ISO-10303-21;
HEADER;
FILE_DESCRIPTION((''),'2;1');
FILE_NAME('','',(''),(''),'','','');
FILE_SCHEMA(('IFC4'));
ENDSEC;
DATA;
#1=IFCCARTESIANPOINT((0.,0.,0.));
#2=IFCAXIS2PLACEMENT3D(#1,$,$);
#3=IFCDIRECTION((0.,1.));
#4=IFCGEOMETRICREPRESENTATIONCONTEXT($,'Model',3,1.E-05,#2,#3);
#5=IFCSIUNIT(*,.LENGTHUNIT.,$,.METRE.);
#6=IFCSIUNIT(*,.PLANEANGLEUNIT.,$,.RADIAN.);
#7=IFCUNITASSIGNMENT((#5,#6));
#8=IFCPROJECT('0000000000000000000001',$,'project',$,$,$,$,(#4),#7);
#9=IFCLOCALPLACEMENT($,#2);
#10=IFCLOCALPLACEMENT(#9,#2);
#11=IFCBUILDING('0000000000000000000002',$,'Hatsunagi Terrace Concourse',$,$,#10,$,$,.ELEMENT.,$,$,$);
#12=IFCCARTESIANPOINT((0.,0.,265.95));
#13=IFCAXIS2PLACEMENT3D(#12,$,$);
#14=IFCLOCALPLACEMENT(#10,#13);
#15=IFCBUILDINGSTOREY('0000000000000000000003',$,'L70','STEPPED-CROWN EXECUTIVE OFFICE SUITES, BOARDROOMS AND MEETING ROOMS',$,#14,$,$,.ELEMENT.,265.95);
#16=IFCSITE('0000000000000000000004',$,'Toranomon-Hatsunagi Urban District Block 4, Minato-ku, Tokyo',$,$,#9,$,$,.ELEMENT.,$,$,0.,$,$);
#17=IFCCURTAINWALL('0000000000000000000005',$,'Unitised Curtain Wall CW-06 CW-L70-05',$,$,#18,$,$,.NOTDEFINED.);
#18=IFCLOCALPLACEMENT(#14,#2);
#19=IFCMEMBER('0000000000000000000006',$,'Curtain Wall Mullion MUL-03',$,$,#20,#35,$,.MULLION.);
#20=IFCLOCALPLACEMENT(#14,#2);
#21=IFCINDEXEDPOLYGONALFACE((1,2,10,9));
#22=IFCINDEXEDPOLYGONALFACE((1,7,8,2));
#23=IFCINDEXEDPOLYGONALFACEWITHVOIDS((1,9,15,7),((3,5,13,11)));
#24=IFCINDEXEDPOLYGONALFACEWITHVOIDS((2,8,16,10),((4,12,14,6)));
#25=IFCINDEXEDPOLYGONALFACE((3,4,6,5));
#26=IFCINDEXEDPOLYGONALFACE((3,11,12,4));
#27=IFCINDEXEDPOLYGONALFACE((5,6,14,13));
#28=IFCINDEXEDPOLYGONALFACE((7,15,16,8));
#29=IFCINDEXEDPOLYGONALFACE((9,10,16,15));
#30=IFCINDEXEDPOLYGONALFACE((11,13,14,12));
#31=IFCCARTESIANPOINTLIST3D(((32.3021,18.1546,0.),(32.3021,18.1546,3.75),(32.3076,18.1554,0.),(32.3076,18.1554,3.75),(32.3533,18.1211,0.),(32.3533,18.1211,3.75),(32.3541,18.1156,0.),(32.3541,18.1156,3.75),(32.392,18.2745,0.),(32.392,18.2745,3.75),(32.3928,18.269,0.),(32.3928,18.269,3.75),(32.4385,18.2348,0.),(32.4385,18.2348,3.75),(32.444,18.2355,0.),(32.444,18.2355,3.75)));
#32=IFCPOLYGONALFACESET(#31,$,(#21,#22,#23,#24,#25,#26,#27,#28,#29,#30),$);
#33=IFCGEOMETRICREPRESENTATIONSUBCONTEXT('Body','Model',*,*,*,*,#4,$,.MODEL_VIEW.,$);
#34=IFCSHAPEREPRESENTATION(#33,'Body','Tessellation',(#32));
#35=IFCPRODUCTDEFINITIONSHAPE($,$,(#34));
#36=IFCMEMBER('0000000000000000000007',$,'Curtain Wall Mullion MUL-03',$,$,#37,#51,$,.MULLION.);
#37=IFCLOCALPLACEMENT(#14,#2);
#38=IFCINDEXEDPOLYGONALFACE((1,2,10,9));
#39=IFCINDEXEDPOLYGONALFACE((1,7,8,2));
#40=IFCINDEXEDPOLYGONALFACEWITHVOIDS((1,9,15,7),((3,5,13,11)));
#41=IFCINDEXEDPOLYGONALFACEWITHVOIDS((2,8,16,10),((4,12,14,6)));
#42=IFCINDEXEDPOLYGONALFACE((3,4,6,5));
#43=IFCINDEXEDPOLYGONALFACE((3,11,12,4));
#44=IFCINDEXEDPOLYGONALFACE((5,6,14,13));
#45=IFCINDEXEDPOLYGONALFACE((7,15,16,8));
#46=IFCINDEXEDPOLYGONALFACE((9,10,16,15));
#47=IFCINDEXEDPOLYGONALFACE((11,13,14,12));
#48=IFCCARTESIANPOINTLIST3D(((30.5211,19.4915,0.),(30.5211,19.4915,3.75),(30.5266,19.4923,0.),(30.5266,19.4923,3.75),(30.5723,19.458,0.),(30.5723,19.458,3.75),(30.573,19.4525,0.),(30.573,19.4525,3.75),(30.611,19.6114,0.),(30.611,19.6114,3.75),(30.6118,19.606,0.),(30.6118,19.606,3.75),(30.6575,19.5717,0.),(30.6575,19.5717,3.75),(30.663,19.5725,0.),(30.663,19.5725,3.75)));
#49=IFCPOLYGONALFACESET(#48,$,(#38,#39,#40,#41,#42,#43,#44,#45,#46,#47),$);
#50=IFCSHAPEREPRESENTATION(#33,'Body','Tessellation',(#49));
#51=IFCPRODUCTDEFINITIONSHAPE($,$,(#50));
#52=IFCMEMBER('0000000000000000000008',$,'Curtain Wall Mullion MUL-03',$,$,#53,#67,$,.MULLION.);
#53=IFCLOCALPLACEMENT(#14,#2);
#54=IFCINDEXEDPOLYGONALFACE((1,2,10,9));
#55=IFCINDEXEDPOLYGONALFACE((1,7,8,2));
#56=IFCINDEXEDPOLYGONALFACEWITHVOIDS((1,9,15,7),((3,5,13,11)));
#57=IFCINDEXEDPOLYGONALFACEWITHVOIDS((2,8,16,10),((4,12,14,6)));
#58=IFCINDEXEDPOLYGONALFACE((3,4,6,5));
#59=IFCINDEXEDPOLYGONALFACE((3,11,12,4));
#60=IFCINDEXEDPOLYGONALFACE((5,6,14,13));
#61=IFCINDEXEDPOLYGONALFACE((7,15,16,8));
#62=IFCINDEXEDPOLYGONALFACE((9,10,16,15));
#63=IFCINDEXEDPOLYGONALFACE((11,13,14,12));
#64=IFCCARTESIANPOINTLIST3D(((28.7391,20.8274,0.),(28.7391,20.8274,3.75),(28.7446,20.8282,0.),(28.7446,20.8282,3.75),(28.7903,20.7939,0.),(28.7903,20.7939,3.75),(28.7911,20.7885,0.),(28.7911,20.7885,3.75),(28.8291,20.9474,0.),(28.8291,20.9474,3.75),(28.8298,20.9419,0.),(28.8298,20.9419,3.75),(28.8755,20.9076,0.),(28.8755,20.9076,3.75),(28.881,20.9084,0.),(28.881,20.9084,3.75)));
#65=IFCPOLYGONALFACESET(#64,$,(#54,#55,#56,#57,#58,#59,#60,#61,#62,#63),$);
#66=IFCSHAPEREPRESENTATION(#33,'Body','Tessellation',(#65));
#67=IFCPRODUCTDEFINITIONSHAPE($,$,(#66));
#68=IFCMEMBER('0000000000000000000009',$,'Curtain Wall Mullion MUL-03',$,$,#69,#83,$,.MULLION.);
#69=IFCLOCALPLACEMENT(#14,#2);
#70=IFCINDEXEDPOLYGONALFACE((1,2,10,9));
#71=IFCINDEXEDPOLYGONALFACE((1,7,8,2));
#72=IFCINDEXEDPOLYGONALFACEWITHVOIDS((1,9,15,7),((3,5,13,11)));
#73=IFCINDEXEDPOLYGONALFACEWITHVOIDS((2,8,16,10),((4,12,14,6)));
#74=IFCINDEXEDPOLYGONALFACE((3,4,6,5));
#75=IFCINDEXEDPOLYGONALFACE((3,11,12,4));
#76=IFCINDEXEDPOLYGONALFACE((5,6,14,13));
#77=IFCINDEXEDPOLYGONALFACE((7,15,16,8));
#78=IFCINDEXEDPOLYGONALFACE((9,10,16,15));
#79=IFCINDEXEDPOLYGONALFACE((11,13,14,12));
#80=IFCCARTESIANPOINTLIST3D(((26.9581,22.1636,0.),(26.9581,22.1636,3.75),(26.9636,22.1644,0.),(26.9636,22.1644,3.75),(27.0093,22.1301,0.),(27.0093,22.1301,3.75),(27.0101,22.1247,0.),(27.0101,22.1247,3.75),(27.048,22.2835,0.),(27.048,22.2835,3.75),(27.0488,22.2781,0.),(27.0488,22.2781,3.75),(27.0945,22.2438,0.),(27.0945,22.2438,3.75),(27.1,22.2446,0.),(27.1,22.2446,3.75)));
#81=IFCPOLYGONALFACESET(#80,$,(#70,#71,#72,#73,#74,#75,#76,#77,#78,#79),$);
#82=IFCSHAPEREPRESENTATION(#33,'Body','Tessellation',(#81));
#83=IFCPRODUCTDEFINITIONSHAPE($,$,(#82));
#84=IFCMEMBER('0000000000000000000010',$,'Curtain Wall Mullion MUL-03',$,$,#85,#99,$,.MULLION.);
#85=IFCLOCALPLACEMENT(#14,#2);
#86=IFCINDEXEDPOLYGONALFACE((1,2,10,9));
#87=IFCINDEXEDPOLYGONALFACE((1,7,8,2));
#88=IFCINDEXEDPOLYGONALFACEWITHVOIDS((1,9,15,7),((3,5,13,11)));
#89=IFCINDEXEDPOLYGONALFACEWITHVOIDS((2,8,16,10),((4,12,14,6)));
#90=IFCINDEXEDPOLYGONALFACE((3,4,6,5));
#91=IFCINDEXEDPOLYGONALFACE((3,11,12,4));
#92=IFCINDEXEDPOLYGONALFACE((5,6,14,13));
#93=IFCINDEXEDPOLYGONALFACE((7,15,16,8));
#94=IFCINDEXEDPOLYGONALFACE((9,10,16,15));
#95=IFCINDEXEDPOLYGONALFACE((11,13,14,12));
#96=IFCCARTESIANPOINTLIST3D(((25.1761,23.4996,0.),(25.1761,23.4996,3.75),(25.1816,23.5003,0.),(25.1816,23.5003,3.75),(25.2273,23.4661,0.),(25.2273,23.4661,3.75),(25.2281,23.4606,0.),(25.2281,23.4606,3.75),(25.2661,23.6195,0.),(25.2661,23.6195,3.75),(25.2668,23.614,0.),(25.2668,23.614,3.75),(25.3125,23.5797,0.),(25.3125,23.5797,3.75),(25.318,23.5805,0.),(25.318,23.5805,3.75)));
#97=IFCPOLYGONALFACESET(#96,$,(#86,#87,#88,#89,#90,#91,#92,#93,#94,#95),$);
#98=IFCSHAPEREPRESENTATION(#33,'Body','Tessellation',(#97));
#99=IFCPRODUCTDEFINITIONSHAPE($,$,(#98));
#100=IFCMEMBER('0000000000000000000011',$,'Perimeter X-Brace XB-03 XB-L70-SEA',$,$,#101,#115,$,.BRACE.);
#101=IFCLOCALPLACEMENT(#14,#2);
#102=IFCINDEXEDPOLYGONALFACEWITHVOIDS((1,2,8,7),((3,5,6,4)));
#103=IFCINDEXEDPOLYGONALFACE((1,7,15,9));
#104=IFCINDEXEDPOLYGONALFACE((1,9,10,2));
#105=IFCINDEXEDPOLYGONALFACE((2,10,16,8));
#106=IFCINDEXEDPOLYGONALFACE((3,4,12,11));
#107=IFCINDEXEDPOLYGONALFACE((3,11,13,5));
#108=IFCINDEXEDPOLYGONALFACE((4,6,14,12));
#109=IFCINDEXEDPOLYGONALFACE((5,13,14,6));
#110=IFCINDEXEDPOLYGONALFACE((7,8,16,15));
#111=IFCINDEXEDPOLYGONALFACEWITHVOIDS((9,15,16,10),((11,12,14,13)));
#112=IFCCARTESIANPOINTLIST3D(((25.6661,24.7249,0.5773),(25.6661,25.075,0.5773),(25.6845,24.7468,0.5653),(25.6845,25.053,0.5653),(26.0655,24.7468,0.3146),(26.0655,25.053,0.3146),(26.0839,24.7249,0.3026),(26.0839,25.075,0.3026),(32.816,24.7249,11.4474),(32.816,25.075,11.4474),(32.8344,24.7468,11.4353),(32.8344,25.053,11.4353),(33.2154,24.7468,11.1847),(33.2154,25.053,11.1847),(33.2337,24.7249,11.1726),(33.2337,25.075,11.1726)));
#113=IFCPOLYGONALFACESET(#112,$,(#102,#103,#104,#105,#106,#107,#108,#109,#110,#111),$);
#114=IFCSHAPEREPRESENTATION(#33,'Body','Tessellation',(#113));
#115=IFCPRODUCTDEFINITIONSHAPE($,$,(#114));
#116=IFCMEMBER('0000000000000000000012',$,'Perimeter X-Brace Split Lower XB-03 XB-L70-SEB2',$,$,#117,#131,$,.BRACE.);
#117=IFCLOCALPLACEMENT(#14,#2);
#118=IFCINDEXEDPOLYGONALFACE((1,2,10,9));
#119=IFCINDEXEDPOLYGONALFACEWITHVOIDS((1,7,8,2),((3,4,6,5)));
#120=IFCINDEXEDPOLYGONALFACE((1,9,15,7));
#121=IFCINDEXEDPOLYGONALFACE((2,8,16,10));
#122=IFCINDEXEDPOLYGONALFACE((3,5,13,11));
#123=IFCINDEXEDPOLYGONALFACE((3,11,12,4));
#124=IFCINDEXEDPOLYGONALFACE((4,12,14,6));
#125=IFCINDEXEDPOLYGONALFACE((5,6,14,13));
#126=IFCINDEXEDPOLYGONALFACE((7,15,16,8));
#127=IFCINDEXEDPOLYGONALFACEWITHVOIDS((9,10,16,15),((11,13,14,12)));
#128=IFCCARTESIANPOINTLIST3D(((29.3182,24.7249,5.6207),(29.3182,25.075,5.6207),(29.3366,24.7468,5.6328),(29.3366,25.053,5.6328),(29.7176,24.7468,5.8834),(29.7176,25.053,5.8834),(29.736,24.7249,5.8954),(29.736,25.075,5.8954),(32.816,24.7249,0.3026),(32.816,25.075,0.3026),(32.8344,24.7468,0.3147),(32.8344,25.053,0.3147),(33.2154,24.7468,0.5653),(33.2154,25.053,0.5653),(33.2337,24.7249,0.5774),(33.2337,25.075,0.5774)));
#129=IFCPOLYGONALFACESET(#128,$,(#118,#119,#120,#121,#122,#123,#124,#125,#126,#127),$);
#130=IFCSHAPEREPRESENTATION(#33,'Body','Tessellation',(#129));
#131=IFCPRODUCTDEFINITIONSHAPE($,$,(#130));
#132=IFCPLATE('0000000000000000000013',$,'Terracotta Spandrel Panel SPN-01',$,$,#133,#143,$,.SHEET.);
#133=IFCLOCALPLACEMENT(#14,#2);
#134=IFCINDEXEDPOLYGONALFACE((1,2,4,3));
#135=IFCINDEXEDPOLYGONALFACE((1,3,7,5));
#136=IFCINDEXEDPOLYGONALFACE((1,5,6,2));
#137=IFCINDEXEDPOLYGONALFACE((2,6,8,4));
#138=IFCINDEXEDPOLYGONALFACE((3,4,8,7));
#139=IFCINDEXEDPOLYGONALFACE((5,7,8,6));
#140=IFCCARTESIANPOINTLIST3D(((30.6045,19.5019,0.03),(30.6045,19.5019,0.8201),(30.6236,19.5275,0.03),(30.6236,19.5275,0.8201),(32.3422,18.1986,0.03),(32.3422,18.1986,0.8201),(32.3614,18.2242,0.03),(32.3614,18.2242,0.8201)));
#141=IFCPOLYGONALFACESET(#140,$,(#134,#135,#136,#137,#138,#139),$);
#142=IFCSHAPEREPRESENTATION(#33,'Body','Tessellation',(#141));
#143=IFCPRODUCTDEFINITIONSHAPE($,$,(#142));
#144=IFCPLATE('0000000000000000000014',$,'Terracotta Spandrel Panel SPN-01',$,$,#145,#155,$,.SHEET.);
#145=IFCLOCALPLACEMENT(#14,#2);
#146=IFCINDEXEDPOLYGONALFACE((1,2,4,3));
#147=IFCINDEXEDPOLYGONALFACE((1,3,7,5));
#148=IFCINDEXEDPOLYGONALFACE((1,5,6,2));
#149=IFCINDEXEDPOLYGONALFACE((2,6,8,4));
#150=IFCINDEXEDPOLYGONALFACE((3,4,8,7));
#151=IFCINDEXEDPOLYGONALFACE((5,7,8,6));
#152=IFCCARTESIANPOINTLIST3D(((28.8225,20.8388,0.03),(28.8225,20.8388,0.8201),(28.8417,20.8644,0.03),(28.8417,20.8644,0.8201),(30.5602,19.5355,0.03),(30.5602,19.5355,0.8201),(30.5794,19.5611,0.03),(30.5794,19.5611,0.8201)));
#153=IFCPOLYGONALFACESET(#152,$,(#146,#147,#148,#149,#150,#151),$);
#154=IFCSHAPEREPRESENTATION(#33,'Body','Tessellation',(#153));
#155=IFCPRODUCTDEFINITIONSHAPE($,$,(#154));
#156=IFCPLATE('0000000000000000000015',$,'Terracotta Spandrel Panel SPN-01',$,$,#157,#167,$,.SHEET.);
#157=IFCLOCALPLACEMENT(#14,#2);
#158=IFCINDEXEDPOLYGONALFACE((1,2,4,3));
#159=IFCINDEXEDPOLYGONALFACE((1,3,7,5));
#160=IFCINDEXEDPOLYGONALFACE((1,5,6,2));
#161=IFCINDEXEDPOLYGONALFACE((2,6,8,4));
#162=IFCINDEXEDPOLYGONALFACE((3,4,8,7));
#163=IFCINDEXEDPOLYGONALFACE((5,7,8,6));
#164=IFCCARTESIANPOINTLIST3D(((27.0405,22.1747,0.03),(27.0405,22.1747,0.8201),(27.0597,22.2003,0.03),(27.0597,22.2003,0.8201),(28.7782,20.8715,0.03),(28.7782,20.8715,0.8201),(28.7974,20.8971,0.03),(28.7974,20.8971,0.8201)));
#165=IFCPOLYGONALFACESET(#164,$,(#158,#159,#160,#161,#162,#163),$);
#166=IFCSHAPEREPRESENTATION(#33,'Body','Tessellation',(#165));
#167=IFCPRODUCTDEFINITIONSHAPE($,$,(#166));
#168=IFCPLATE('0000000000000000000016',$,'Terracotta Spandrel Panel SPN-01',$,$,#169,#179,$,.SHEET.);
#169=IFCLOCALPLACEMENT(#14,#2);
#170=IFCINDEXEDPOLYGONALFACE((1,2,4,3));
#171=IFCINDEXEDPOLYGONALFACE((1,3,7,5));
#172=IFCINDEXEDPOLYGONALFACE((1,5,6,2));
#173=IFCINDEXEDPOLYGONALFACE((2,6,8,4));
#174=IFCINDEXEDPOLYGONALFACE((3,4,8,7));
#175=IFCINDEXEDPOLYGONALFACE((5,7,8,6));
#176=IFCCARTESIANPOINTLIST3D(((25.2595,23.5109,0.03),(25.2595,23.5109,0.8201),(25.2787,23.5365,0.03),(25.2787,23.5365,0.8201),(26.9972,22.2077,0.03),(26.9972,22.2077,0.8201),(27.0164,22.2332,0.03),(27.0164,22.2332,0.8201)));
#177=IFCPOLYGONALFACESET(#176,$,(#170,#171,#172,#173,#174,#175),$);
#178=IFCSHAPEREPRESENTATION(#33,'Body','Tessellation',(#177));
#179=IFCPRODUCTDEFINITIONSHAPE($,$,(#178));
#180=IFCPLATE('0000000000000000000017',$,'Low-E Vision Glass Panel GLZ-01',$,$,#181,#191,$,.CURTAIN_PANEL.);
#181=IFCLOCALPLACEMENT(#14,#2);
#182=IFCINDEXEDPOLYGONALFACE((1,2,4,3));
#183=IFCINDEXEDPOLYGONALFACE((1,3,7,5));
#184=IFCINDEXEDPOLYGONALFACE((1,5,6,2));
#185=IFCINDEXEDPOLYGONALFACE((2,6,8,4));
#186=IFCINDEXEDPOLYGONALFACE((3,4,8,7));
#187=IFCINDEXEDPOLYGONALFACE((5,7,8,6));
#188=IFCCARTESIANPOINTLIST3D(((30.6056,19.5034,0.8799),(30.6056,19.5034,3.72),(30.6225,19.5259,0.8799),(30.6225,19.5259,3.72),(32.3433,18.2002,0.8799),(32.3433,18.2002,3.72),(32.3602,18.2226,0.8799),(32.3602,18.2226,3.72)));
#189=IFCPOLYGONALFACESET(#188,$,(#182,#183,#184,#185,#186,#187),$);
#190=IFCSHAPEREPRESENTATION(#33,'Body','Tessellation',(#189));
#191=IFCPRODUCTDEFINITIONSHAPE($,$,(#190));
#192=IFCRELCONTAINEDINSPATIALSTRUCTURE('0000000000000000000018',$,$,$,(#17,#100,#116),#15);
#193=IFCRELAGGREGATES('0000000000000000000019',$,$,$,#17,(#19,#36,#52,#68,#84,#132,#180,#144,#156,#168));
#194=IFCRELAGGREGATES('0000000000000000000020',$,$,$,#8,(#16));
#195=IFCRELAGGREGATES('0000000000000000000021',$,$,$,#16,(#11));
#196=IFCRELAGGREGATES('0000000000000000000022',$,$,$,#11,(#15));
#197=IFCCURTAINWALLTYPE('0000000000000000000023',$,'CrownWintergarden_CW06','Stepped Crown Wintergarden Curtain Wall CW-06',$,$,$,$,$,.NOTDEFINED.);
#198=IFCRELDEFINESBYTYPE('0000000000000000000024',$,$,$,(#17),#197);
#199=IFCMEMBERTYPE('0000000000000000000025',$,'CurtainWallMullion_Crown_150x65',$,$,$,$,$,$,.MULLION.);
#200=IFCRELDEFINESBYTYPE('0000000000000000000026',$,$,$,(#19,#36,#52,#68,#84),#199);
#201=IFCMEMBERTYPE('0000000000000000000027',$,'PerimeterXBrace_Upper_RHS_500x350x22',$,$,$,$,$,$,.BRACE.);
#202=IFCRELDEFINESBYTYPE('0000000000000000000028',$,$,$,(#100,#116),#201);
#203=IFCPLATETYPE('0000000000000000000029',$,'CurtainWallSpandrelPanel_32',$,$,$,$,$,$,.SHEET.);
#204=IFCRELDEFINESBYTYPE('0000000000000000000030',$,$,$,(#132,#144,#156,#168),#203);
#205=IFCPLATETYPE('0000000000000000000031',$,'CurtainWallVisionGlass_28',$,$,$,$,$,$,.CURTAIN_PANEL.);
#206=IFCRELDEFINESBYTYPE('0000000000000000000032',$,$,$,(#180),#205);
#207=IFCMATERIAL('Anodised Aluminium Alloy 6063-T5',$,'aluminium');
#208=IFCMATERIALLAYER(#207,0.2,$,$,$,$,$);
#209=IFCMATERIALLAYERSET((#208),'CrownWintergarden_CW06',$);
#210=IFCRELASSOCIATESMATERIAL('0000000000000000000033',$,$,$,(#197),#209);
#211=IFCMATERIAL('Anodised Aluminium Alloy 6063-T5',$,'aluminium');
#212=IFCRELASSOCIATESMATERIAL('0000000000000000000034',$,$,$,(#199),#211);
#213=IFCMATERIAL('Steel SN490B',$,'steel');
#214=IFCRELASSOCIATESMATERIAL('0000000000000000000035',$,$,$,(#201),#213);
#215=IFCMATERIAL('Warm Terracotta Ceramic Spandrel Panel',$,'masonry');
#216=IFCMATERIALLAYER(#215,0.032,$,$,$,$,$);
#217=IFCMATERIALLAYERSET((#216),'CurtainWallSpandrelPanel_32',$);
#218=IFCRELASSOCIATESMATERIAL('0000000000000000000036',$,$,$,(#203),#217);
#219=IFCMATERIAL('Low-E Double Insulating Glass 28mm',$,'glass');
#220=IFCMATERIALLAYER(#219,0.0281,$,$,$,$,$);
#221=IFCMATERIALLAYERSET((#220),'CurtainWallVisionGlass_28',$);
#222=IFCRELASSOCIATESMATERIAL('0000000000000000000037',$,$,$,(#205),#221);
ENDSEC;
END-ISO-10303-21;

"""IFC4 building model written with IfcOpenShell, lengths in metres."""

from ifc_helpers import new_model, si_unit, direction, frame, origin, origin_2d, place, context, subcontext, project, spatial, rectangle, hollow_rectangle, extrude, material, layer, layer_set, material_profile, profile_set, type_object, element, aggregate, save


model = new_model("IFC4")

# Units and contexts
model_context = context("Model", 3, precision=1e-05, world=origin(), true_north=direction((0.0, 1.0)))
body_context = subcontext(model_context, "Body", "Model", "MODEL_VIEW")
ifc_project = project(units=[si_unit("LENGTHUNIT", "METRE"), si_unit("PLANEANGLEUNIT", "RADIAN")], contexts=[model_context])

# Site, building, storey
site_placement = place(None, origin())
site = spatial("IfcSite", under=ifc_project, at=site_placement, Name="Toranomon-Hatsunagi Urban District Block 4, Minato-ku, Tokyo", CompositionType="ELEMENT", RefElevation=0.0)
building_placement = place(site_placement, origin())
building = spatial("IfcBuilding", under=site, at=building_placement, Name="Hatsunagi Terrace Concourse", CompositionType="ELEMENT")
storey_placement = place(building_placement, frame((0.0, 0.0, 265.95)))
storey = spatial("IfcBuildingStorey", under=building, at=storey_placement, Name="L70", Description="STEPPED-CROWN EXECUTIVE OFFICE SUITES, BOARDROOMS AND MEETING ROOMS", CompositionType="ELEMENT", Elevation=265.95)

# Curtain wall, members
ifc_material_1 = material(Name="Anodised Aluminium Alloy 6063-T5", Category="aluminium")
ifc_layer_1 = layer(ifc_material_1, 0.2)
ifc_layer_set_1 = layer_set([ifc_layer_1], Name="CrownWintergarden_CW06")
curtain_wall_type = type_object("IfcCurtainWallType", Name="CrownWintergarden_CW06", Description="Stepped Crown Wintergarden Curtain Wall CW-06", PredefinedType="NOTDEFINED", material=ifc_layer_set_1)
curtain_wall_placement = place(storey_placement, origin())
curtain_wall = element("IfcCurtainWall", 1, at=curtain_wall_placement, inside=storey, type_object=curtain_wall_type, Name="Unitised Curtain Wall CW-06 CW-L70-05", PredefinedType="NOTDEFINED")
ifc_material_2 = material(Name="Anodised Aluminium Alloy 6063-T5", Category="aluminium")
ifc_material_profile_1 = material_profile(ifc_material_2, hollow_rectangle(XDim=0.0649, YDim=0.1499, WallThickness=0.0039, at=origin_2d()), Name="ALU-MUL-150x65x4")
ifc_profile_set_1 = profile_set([ifc_material_profile_1], Name="Anodised Aluminium Alloy 6063-T5")
member_type_1 = type_object("IfcMemberType", Name="CurtainWallMullion_Crown_150x65", PredefinedType="MULLION", material=ifc_profile_set_1)
member_1_placement = place(storey_placement, frame((32.373, 18.1951, 0.0), z_axis=(0.0, 0.0, 1.0), x_axis=(-0.800007, 0.59999, 0.0)))
member_1 = element("IfcMember", 2, at=member_1_placement, type_object=member_type_1, Name="Curtain Wall Mullion MUL-03", PredefinedType="MULLION", context=body_context, shape_type="SweptSolid", body=[
    extrude(hollow_rectangle(XDim=0.0649, YDim=0.1499, WallThickness=0.0039, at=origin_2d()), origin(), (0.0, 0.0, 1.0), 3.75),
])
member_2_placement = place(storey_placement, frame((30.592, 19.532, 0.0), z_axis=(0.0, 0.0, 1.0), x_axis=(-0.800007, 0.59999, 0.0)))
member_2 = element("IfcMember", 3, at=member_2_placement, type_object=member_type_1, Name="Curtain Wall Mullion MUL-03", PredefinedType="MULLION", context=body_context, shape_type="SweptSolid", body=[
    extrude(hollow_rectangle(XDim=0.0649, YDim=0.1499, WallThickness=0.0039, at=origin_2d()), origin(), (0.0, 0.0, 1.0), 3.75),
])
member_3_placement = place(storey_placement, frame((28.8101, 20.8679, 0.0), z_axis=(0.0, 0.0, 1.0), x_axis=(-0.800007, 0.59999, 0.0)))
member_3 = element("IfcMember", 4, at=member_3_placement, type_object=member_type_1, Name="Curtain Wall Mullion MUL-03", PredefinedType="MULLION", context=body_context, shape_type="SweptSolid", body=[
    extrude(hollow_rectangle(XDim=0.0649, YDim=0.1499, WallThickness=0.0039, at=origin_2d()), origin(), (0.0, 0.0, 1.0), 3.75),
])
member_4_placement = place(storey_placement, frame((27.0291, 22.2041, 0.0), z_axis=(0.0, 0.0, 1.0), x_axis=(-0.800007, 0.59999, 0.0)))
member_4 = element("IfcMember", 5, at=member_4_placement, type_object=member_type_1, Name="Curtain Wall Mullion MUL-03", PredefinedType="MULLION", context=body_context, shape_type="SweptSolid", body=[
    extrude(hollow_rectangle(XDim=0.0649, YDim=0.1499, WallThickness=0.0039, at=origin_2d()), origin(), (0.0, 0.0, 1.0), 3.75),
])
member_5_placement = place(storey_placement, frame((25.2471, 23.54, 0.0), z_axis=(0.0, 0.0, 1.0), x_axis=(-0.800007, 0.59999, 0.0)))
member_5 = element("IfcMember", 6, at=member_5_placement, type_object=member_type_1, Name="Curtain Wall Mullion MUL-03", PredefinedType="MULLION", context=body_context, shape_type="SweptSolid", body=[
    extrude(hollow_rectangle(XDim=0.0649, YDim=0.1499, WallThickness=0.0039, at=origin_2d()), origin(), (0.0, 0.0, 1.0), 3.75),
])

# Members
ifc_material_3 = material(Name="Steel SN490B", Category="steel")
ifc_material_profile_2 = material_profile(ifc_material_3, hollow_rectangle(XDim=0.3501, YDim=0.5, WallThickness=0.022, at=origin_2d()), Name="RHS-500x350x22")
ifc_profile_set_2 = profile_set([ifc_material_profile_2], Name="Steel SN490B")
member_type_2 = type_object("IfcMemberType", Name="PerimeterXBrace_Upper_RHS_500x350x22", PredefinedType="BRACE", material=ifc_profile_set_2)
member_6_placement = place(storey_placement, frame((25.875, 24.8999, 0.4399), z_axis=(0.549537, 0.0, 0.83547), x_axis=(0.0, 1.0, 0.0)))
element("IfcMember", 7, at=member_6_placement, inside=storey, type_object=member_type_2, Name="Perimeter X-Brace XB-03 XB-L70-SEA", PredefinedType="BRACE", context=body_context, shape_type="SweptSolid", body=[
    extrude(hollow_rectangle(XDim=0.3501, YDim=0.5, WallThickness=0.022, at=origin_2d()), origin(), (0.0, 0.0, 1.0), 13.0107),
])
member_7_placement = place(storey_placement, frame((29.5271, 24.8999, 5.7581), z_axis=(0.549512, 0.0, -0.835486), x_axis=(0.0, 1.0, 0.0)))
element("IfcMember", 8, at=member_7_placement, inside=storey, type_object=member_type_2, Name="Perimeter X-Brace Split Lower XB-03 XB-L70-SEB2", PredefinedType="BRACE", context=body_context, shape_type="SweptSolid", body=[
    extrude(hollow_rectangle(XDim=0.3501, YDim=0.5, WallThickness=0.022, at=origin_2d()), origin(), (0.0, 0.0, 1.0), 6.3652),
])

# Plates
ifc_material_4 = material(Name="Warm Terracotta Ceramic Spandrel Panel", Category="masonry")
ifc_layer_2 = layer(ifc_material_4, 0.032)
ifc_layer_set_2 = layer_set([ifc_layer_2], Name="CurtainWallSpandrelPanel_32")
plate_type_1 = type_object("IfcPlateType", Name="CurtainWallSpandrelPanel_32", PredefinedType="SHEET", material=ifc_layer_set_2)
plate_1_placement = place(storey_placement, frame((31.4829, 18.863, 0.03), z_axis=(0.0, 0.0, 1.0), x_axis=(-0.800007, 0.59999, 0.0)))
plate_1 = element("IfcPlate", 9, at=plate_1_placement, type_object=plate_type_1, Name="Terracotta Spandrel Panel SPN-01", PredefinedType="SHEET", context=body_context, shape_type="SweptSolid", body=[
    extrude(rectangle(XDim=2.1721, YDim=0.032, at=origin_2d()), origin(), (0.0, 0.0, 1.0), 0.79),
])
plate_2_placement = place(storey_placement, frame((29.7009, 20.2, 0.03), z_axis=(0.0, 0.0, 1.0), x_axis=(-0.800007, 0.59999, 0.0)))
plate_2 = element("IfcPlate", 10, at=plate_2_placement, type_object=plate_type_1, Name="Terracotta Spandrel Panel SPN-01", PredefinedType="SHEET", context=body_context, shape_type="SweptSolid", body=[
    extrude(rectangle(XDim=2.1721, YDim=0.032, at=origin_2d()), origin(), (0.0, 0.0, 1.0), 0.79),
])
plate_3_placement = place(storey_placement, frame((27.9189, 21.5359, 0.03), z_axis=(0.0, 0.0, 1.0), x_axis=(-0.800007, 0.59999, 0.0)))
plate_3 = element("IfcPlate", 11, at=plate_3_placement, type_object=plate_type_1, Name="Terracotta Spandrel Panel SPN-01", PredefinedType="SHEET", context=body_context, shape_type="SweptSolid", body=[
    extrude(rectangle(XDim=2.1721, YDim=0.032, at=origin_2d()), origin(), (0.0, 0.0, 1.0), 0.79),
])
plate_4_placement = place(storey_placement, frame((26.1379, 22.8721, 0.03), z_axis=(0.0, 0.0, 1.0), x_axis=(-0.800007, 0.59999, 0.0)))
plate_4 = element("IfcPlate", 12, at=plate_4_placement, type_object=plate_type_1, Name="Terracotta Spandrel Panel SPN-01", PredefinedType="SHEET", context=body_context, shape_type="SweptSolid", body=[
    extrude(rectangle(XDim=2.1721, YDim=0.032, at=origin_2d()), origin(), (0.0, 0.0, 1.0), 0.79),
])
ifc_material_5 = material(Name="Low-E Double Insulating Glass 28mm", Category="glass")
ifc_layer_3 = layer(ifc_material_5, 0.0281)
ifc_layer_set_3 = layer_set([ifc_layer_3], Name="CurtainWallVisionGlass_28")
plate_type_2 = type_object("IfcPlateType", Name="CurtainWallVisionGlass_28", PredefinedType="CURTAIN_PANEL", material=ifc_layer_set_3)
plate_5_placement = place(storey_placement, frame((31.4829, 18.863, 0.8799), z_axis=(0.0, 0.0, 1.0), x_axis=(-0.800007, 0.59999, 0.0)))
plate_5 = element("IfcPlate", 13, at=plate_5_placement, type_object=plate_type_2, Name="Low-E Vision Glass Panel GLZ-01", PredefinedType="CURTAIN_PANEL", context=body_context, shape_type="SweptSolid", body=[
    extrude(rectangle(XDim=2.1721, YDim=0.0281, at=origin_2d()), origin(), (0.0, 0.0, 1.0), 2.8401),
])
aggregate(curtain_wall, [member_1, member_2, member_3, member_4, member_5, plate_1, plate_5, plate_2, plate_3, plate_4])

save(model, "model.ifc")
